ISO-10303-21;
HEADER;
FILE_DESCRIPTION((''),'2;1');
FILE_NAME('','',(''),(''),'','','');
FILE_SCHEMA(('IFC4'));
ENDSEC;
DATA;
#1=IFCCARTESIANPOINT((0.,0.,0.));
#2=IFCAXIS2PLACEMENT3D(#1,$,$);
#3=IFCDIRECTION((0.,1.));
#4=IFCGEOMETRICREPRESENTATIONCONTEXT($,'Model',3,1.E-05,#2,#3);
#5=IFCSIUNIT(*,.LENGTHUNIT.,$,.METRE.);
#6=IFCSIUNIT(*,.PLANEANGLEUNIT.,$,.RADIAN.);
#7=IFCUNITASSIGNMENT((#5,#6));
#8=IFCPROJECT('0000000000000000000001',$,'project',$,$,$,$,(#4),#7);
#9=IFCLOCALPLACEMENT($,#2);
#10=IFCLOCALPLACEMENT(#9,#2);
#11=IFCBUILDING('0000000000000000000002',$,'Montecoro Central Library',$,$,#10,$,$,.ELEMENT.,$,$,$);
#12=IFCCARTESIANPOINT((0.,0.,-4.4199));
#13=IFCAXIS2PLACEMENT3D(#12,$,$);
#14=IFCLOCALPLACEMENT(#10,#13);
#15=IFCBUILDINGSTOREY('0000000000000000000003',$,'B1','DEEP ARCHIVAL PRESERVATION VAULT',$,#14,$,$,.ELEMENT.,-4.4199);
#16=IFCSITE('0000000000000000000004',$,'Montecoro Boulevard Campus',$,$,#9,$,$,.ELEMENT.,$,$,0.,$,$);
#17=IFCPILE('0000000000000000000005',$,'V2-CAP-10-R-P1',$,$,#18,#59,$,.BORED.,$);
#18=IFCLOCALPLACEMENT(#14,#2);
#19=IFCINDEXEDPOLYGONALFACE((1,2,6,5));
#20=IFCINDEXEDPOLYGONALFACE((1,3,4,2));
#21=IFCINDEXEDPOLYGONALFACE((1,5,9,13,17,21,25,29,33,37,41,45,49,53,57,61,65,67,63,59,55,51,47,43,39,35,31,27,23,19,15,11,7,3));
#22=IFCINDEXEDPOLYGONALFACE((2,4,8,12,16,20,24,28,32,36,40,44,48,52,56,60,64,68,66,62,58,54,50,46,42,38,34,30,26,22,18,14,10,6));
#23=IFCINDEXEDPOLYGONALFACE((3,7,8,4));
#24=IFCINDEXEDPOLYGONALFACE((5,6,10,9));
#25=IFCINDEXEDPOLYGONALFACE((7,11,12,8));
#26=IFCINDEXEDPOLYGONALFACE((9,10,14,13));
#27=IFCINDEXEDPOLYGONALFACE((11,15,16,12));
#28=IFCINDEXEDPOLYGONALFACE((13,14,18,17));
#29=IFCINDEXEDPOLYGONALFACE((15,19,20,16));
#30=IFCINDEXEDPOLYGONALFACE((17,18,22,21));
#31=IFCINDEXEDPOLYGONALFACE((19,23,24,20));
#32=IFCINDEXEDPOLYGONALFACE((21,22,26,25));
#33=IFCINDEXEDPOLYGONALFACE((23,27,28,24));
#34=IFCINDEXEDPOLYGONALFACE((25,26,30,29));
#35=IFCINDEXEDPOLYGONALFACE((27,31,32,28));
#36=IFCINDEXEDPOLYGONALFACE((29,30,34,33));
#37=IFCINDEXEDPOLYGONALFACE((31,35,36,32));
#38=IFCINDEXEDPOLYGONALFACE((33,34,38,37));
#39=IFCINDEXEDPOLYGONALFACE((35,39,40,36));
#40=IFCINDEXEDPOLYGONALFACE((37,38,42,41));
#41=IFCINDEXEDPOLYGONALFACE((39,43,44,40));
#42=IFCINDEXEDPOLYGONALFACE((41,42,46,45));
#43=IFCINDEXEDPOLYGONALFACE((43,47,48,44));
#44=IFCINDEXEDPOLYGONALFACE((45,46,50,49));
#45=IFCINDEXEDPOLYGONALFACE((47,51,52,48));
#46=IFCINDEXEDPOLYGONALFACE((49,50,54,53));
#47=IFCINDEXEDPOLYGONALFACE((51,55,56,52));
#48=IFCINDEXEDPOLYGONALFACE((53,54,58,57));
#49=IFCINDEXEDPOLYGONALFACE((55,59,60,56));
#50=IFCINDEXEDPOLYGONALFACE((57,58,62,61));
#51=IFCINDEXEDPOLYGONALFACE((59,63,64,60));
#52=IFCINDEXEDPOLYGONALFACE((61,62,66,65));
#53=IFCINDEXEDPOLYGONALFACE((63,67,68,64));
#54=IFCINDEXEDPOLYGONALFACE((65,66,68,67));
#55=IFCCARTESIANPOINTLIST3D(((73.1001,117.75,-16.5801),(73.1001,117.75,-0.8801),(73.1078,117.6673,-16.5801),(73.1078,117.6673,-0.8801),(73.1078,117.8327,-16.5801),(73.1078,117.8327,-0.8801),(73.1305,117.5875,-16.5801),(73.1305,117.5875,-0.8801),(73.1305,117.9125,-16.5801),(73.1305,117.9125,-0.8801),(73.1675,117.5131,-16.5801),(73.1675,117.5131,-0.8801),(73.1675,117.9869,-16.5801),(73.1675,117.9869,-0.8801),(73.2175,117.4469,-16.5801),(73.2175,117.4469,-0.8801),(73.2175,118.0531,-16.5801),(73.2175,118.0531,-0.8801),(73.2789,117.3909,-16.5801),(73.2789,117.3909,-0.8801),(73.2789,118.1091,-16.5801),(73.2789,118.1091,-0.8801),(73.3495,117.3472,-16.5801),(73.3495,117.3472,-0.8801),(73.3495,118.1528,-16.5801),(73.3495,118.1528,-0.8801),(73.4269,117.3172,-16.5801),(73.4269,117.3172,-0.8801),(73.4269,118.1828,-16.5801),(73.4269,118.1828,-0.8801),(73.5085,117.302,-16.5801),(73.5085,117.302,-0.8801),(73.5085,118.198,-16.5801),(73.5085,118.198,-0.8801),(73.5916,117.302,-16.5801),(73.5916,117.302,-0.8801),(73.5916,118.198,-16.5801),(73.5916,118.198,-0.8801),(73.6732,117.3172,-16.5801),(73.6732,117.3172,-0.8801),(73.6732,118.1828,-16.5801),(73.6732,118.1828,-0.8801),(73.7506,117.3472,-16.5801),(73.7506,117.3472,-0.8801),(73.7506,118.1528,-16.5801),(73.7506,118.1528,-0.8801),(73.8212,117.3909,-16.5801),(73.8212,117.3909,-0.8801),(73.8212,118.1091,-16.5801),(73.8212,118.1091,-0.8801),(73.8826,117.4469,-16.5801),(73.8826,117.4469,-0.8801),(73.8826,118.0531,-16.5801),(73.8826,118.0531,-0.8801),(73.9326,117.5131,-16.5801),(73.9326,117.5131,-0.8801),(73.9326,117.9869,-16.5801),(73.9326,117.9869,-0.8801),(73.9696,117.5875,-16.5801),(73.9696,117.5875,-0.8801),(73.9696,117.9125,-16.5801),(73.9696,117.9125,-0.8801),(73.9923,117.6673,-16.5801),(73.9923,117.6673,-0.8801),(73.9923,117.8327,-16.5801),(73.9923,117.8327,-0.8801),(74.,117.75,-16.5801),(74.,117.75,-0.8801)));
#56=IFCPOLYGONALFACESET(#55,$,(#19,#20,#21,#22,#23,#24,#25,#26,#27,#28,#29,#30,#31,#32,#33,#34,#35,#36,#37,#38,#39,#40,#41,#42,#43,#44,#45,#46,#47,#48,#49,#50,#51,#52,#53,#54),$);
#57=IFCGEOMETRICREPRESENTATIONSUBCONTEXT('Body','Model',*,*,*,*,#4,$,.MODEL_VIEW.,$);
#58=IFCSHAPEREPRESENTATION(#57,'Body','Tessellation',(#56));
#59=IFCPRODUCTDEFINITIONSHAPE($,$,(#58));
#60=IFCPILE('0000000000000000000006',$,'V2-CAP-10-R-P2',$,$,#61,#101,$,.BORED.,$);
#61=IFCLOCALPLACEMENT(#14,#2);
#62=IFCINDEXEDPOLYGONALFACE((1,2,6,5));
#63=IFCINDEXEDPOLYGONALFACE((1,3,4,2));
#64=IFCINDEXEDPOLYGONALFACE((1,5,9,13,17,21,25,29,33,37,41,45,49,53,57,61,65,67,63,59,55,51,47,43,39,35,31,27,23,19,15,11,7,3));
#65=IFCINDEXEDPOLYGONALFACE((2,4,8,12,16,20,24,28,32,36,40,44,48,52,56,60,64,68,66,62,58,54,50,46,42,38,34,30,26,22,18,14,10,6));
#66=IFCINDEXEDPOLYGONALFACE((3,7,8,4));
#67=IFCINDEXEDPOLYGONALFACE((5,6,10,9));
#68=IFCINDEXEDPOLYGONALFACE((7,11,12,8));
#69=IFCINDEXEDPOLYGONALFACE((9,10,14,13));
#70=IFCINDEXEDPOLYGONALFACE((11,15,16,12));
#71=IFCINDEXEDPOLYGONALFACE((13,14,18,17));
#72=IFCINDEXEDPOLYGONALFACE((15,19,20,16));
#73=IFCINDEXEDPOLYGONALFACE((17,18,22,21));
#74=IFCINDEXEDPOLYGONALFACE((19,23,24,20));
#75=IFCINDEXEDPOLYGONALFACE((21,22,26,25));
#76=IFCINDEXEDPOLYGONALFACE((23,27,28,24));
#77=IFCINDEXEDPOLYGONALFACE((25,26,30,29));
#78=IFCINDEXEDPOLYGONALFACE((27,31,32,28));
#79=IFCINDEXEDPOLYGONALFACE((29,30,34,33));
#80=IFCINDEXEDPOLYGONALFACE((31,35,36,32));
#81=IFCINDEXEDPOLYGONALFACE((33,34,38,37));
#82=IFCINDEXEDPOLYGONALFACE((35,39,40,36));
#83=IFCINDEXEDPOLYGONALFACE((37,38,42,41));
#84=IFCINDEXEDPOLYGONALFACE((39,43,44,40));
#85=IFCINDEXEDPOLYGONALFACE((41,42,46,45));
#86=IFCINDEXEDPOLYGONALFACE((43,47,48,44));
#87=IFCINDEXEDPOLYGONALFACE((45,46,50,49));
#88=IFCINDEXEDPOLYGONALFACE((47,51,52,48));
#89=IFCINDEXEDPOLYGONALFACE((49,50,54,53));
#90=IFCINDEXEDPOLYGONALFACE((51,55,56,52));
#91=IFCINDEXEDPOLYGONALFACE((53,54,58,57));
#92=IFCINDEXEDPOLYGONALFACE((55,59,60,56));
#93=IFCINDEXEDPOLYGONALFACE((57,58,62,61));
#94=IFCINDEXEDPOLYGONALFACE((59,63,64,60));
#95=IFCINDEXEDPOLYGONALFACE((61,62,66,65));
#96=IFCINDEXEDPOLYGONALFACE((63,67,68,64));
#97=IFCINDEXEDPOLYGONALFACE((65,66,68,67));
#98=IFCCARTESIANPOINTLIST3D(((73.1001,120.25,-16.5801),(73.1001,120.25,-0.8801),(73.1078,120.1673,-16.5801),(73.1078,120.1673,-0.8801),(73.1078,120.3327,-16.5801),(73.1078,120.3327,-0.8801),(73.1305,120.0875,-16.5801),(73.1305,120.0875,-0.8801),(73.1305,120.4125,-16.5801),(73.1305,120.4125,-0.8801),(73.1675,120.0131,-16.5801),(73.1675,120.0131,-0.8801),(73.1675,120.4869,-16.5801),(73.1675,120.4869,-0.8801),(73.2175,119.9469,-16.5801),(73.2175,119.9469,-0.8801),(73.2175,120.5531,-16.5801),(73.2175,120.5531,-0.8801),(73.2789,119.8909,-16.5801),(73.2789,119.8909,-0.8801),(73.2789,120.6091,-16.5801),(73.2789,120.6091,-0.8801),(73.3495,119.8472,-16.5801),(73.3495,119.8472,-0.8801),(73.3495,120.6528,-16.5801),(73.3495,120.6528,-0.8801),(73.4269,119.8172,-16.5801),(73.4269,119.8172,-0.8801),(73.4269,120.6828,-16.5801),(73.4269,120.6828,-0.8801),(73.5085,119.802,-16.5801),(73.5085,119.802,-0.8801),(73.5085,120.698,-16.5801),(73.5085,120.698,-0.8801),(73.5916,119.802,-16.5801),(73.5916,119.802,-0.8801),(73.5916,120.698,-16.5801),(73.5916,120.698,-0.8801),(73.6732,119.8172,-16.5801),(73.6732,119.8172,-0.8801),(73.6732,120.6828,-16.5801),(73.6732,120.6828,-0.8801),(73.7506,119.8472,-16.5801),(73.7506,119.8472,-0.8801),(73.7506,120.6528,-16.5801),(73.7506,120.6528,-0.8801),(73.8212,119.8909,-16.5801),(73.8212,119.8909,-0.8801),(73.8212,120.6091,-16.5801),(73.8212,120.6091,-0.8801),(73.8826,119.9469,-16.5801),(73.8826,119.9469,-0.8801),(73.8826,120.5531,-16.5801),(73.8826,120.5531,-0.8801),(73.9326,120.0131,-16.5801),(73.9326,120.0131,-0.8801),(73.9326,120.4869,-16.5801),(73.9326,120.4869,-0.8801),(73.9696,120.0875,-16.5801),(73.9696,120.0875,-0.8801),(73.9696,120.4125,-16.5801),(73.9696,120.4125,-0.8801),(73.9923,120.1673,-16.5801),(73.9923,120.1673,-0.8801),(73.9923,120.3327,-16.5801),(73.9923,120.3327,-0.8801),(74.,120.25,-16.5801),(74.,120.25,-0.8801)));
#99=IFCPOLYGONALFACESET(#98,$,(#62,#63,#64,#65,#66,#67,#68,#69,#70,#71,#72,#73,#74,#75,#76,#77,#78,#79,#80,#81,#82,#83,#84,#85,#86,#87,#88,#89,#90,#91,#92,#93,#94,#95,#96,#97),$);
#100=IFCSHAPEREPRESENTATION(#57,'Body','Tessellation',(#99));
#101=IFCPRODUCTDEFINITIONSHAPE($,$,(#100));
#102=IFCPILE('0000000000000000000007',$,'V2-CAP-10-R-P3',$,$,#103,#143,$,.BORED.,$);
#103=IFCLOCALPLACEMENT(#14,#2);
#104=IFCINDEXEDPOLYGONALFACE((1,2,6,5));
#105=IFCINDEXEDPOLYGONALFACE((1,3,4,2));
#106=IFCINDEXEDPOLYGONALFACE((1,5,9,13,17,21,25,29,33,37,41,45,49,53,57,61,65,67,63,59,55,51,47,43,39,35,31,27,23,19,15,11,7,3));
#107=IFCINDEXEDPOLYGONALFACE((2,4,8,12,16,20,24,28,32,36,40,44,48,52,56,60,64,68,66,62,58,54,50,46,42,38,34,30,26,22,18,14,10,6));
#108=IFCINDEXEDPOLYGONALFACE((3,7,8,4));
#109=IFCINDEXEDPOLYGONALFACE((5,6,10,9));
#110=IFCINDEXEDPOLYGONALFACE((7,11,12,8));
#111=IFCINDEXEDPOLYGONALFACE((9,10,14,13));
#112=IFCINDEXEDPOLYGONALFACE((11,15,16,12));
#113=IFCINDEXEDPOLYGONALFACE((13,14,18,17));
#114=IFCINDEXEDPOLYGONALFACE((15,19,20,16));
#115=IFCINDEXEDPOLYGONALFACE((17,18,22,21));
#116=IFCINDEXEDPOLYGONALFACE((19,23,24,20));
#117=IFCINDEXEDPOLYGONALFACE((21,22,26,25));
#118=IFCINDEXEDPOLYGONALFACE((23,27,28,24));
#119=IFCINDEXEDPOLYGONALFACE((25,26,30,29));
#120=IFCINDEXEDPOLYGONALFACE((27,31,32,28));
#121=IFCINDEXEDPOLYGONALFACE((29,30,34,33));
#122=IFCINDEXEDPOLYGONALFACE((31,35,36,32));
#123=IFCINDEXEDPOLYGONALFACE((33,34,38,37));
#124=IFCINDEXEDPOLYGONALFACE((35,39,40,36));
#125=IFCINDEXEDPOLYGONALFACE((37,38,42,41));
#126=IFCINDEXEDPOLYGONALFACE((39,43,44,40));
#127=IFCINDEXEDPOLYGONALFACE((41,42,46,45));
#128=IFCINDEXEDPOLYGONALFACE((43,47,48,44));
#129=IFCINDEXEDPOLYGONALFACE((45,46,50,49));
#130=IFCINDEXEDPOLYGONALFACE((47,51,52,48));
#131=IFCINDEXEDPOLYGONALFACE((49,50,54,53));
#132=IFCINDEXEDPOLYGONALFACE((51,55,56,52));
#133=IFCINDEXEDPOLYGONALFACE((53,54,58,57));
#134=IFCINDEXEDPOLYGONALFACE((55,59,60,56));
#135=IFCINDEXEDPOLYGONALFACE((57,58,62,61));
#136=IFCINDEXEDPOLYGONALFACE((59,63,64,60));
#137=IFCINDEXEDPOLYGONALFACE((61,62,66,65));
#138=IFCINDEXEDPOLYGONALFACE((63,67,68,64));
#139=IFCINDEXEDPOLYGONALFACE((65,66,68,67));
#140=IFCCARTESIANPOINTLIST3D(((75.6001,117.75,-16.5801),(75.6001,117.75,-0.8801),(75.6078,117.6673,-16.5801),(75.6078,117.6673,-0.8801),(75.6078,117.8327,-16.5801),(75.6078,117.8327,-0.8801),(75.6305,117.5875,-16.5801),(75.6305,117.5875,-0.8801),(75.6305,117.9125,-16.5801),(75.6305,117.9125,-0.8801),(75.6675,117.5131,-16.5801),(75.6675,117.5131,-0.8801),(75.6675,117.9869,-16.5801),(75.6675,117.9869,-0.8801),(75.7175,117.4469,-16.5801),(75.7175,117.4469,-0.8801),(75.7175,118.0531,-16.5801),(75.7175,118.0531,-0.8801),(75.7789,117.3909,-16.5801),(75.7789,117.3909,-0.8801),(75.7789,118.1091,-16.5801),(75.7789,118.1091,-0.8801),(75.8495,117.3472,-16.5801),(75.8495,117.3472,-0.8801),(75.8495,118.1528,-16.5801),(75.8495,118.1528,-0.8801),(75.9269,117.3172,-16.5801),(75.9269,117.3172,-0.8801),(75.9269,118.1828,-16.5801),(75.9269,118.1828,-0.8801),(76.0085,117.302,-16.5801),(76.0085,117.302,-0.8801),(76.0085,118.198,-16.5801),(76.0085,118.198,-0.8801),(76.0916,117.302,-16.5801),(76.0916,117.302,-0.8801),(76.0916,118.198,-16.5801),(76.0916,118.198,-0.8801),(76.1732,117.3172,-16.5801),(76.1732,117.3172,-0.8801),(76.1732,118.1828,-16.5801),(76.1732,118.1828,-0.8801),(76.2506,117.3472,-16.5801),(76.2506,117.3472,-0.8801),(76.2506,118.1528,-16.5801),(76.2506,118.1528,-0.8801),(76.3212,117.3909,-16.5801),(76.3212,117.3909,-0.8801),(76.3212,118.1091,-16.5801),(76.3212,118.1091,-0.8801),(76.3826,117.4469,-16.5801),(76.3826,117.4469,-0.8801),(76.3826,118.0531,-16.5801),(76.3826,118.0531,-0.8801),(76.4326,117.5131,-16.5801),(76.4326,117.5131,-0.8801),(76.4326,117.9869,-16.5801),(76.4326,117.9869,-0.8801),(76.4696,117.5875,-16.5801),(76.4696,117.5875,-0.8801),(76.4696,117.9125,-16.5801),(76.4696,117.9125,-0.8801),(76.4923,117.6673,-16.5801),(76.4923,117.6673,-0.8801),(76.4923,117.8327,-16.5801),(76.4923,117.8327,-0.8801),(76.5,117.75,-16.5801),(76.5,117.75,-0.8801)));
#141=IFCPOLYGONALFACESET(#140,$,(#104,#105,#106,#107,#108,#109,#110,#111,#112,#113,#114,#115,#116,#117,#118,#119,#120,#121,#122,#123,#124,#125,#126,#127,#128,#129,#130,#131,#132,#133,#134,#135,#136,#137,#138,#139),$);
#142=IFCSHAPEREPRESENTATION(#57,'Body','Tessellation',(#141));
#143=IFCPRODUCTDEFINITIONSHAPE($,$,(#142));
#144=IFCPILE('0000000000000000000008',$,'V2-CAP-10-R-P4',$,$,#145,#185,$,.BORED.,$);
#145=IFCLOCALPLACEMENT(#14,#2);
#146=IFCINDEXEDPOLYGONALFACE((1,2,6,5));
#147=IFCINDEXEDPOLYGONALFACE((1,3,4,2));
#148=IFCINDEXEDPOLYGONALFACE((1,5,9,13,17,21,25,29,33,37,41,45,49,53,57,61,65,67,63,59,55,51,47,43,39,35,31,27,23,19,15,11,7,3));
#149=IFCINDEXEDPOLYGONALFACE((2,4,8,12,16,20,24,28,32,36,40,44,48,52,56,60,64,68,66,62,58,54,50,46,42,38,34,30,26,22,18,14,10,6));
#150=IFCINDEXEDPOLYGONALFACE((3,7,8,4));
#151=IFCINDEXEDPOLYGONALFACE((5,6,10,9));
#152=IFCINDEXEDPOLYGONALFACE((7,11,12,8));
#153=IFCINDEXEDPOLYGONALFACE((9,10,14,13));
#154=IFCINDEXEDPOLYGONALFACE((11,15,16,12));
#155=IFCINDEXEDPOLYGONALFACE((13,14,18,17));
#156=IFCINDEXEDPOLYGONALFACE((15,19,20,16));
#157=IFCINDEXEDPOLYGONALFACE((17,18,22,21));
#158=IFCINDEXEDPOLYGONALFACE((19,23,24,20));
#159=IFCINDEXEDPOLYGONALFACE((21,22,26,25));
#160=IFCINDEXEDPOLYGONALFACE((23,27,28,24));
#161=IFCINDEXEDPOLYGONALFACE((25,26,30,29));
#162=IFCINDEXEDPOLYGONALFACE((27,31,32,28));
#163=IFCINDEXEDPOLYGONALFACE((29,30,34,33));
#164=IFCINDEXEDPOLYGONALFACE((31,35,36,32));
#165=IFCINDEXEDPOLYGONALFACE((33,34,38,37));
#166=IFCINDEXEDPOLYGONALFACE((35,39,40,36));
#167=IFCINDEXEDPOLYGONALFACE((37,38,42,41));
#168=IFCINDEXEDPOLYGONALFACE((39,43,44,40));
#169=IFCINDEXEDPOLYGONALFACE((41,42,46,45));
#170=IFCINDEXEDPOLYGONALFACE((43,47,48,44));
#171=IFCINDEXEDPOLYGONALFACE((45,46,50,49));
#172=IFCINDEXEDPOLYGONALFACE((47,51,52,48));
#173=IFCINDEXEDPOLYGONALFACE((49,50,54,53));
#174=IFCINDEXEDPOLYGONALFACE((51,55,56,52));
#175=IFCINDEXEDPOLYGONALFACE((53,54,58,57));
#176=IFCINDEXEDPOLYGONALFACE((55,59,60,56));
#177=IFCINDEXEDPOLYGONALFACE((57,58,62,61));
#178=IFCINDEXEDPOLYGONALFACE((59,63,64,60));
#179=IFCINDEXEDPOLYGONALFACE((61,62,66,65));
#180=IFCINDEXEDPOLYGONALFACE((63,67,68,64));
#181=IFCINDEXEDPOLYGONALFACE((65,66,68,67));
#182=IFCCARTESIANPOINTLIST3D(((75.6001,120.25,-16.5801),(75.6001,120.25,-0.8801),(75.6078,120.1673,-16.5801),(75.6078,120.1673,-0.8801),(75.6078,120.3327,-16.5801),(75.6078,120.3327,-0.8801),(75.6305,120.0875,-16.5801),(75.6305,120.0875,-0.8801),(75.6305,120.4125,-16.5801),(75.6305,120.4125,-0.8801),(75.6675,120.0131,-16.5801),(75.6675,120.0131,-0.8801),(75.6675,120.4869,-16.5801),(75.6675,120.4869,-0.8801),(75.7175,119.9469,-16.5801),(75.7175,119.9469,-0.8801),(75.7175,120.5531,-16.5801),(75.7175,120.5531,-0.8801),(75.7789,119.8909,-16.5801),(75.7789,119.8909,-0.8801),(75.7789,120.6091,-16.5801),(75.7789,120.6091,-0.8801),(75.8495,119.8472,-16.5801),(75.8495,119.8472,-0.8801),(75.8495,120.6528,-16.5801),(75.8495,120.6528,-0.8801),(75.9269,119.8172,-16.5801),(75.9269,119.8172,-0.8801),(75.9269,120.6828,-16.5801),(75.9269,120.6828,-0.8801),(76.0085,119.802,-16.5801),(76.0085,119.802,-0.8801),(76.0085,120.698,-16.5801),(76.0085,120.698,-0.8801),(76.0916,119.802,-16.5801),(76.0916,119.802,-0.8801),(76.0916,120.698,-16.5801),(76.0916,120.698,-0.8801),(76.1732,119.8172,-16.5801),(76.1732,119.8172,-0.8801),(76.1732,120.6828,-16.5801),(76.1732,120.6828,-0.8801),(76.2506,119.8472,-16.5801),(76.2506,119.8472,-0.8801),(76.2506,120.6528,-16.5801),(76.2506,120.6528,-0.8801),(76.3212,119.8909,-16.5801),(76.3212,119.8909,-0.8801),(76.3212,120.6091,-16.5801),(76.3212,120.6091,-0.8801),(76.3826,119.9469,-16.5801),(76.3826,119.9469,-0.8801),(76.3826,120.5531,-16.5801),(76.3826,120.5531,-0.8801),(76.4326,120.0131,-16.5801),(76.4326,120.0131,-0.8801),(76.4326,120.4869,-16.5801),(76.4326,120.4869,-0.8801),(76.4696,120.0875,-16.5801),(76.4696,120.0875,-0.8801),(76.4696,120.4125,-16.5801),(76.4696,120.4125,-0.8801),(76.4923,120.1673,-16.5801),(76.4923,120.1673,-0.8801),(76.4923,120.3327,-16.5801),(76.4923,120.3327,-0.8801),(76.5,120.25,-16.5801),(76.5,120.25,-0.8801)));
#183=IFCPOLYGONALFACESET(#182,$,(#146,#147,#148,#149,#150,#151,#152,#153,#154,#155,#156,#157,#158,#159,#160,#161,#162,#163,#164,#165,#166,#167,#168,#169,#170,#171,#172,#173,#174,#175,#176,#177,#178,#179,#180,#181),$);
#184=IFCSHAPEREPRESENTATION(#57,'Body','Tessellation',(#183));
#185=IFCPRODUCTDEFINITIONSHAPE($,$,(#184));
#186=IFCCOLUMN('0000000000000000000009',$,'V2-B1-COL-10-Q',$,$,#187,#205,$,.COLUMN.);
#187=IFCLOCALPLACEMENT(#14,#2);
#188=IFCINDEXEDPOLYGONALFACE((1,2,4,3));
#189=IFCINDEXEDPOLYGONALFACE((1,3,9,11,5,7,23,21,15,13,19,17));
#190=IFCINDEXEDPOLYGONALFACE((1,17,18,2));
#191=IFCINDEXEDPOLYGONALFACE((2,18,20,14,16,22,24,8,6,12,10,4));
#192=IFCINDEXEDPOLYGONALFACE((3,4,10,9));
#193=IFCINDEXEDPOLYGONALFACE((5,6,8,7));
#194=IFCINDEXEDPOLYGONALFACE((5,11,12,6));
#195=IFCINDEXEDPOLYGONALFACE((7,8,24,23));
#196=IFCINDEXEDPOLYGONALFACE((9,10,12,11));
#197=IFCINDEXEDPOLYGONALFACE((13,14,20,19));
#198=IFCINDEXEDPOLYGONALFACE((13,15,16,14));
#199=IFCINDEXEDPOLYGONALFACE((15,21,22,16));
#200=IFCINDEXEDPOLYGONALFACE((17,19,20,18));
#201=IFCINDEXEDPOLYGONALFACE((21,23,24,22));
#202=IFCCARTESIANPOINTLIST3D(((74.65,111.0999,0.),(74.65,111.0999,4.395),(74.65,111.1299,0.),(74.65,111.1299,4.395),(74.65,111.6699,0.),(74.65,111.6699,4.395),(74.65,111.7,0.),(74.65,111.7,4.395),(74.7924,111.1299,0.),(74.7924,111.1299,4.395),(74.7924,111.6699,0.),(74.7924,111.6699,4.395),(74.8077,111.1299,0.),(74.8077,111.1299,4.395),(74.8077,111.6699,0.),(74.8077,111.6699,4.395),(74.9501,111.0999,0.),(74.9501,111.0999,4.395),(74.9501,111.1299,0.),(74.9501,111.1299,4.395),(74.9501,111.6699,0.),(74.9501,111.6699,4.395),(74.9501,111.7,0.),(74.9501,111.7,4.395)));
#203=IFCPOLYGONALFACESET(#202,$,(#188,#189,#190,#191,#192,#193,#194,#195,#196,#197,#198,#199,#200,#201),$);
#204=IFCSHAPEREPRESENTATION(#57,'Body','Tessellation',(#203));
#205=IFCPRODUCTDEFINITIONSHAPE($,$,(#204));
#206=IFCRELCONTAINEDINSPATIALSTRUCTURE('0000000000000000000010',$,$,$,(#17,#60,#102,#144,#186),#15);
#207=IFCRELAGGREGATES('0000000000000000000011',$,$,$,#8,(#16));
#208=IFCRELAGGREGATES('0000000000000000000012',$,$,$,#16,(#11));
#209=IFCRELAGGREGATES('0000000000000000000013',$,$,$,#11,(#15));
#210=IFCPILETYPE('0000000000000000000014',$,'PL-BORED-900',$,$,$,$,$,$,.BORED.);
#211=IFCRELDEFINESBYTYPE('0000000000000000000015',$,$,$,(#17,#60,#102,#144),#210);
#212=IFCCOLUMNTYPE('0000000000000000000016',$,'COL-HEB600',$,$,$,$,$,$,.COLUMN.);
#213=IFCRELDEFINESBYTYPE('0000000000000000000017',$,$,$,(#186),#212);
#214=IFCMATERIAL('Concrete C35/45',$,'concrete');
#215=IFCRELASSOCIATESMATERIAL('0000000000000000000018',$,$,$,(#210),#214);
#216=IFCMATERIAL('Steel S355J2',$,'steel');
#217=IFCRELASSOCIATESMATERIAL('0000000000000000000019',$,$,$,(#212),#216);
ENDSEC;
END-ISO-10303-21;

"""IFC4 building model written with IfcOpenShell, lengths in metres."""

from ifc_helpers import new_model, si_unit, direction, frame, origin, origin_2d, place, context, subcontext, project, spatial, circle, i_section, extrude, material, material_profile, profile_set, type_object, element, save


model = new_model("IFC4")

# Units and contexts
model_context = context("Model", 3, precision=1e-05, world=origin(), true_north=direction((0.0, 1.0)))
body_context = subcontext(model_context, "Body", "Model", "MODEL_VIEW")
ifc_project = project(units=[si_unit("LENGTHUNIT", "METRE"), si_unit("PLANEANGLEUNIT", "RADIAN")], contexts=[model_context])

# Site, building, storey
site_placement = place(None, origin())
site = spatial("IfcSite", under=ifc_project, at=site_placement, Name="Montecoro Boulevard Campus", CompositionType="ELEMENT", RefElevation=0.0)
building_placement = place(site_placement, origin())
building = spatial("IfcBuilding", under=site, at=building_placement, Name="Montecoro Central Library", CompositionType="ELEMENT")
storey_placement = place(building_placement, frame((0.0, 0.0, -4.4199)))
storey = spatial("IfcBuildingStorey", under=building, at=storey_placement, Name="B1", Description="DEEP ARCHIVAL PRESERVATION VAULT", CompositionType="ELEMENT", Elevation=-4.4199)

# Shared definitions
ifc_material_1 = material(Name="Concrete C35/45", Category="concrete")

# Piles
ifc_material_profile_1 = material_profile(ifc_material_1, circle(Radius=0.45, at=origin_2d()), Name="PILE D900")
ifc_profile_set_1 = profile_set([ifc_material_profile_1], Name="Concrete C35/45")
pile_type_1 = type_object("IfcPileType", Name="PL-BORED-900", PredefinedType="BORED", material=ifc_profile_set_1)
for number, where, z_axis, x_axis, name in (
    (1, (73.55, 117.75, -0.8801), (0.0, 0.0, -1.0), (1.0, 0.0, 0.0), "V2-CAP-10-R-P1"),
    (2, (73.55, 120.25, -0.8801), (0.0, 0.0, -1.0), (1.0, 0.0, 0.0), "V2-CAP-10-R-P2"),
    (3, (76.05, 117.75, -0.8801), (0.0, 0.0, -1.0), (1.0, 0.0, 0.0), "V2-CAP-10-R-P3"),
    (4, (76.05, 120.25, -0.8801), (0.0, 0.0, -1.0), (1.0, 0.0, 0.0), "V2-CAP-10-R-P4"),
):
    element("IfcPile", number, at=place(storey_placement, frame(where, z_axis=z_axis, x_axis=x_axis)), inside=storey, type_object=pile_type_1, Name=name, PredefinedType="BORED", context=body_context, shape_type="SweptSolid", body=[
        extrude(circle(Radius=0.45, at=origin_2d()), origin(), (0.0, 0.0, 1.0), 15.7),
    ])

# Column
ifc_material_2 = material(Name="Steel S355J2", Category="steel")
ifc_material_profile_2 = material_profile(ifc_material_2, i_section(OverallWidth=0.3, OverallDepth=0.6001, WebThickness=0.0154, FlangeThickness=0.03, at=origin_2d()), Name="HEB 600")
ifc_profile_set_2 = profile_set([ifc_material_profile_2], Name="Steel S355J2")
column_type_1 = type_object("IfcColumnType", Name="COL-HEB600", PredefinedType="COLUMN", material=ifc_profile_set_2)
column_1_placement = place(storey_placement, frame((74.8, 111.3999, 0.0), z_axis=(0.0, 0.0, 1.0), x_axis=(1.0, 0.0, 0.0)))
element("IfcColumn", 5, at=column_1_placement, inside=storey, type_object=column_type_1, Name="V2-B1-COL-10-Q", PredefinedType="COLUMN", context=body_context, shape_type="SweptSolid", body=[
    extrude(i_section(OverallWidth=0.3, OverallDepth=0.6001, WebThickness=0.0154, FlangeThickness=0.03, at=origin_2d()), origin(), (0.0, 0.0, 1.0), 4.395),
])

save(model, "model.ifc")
